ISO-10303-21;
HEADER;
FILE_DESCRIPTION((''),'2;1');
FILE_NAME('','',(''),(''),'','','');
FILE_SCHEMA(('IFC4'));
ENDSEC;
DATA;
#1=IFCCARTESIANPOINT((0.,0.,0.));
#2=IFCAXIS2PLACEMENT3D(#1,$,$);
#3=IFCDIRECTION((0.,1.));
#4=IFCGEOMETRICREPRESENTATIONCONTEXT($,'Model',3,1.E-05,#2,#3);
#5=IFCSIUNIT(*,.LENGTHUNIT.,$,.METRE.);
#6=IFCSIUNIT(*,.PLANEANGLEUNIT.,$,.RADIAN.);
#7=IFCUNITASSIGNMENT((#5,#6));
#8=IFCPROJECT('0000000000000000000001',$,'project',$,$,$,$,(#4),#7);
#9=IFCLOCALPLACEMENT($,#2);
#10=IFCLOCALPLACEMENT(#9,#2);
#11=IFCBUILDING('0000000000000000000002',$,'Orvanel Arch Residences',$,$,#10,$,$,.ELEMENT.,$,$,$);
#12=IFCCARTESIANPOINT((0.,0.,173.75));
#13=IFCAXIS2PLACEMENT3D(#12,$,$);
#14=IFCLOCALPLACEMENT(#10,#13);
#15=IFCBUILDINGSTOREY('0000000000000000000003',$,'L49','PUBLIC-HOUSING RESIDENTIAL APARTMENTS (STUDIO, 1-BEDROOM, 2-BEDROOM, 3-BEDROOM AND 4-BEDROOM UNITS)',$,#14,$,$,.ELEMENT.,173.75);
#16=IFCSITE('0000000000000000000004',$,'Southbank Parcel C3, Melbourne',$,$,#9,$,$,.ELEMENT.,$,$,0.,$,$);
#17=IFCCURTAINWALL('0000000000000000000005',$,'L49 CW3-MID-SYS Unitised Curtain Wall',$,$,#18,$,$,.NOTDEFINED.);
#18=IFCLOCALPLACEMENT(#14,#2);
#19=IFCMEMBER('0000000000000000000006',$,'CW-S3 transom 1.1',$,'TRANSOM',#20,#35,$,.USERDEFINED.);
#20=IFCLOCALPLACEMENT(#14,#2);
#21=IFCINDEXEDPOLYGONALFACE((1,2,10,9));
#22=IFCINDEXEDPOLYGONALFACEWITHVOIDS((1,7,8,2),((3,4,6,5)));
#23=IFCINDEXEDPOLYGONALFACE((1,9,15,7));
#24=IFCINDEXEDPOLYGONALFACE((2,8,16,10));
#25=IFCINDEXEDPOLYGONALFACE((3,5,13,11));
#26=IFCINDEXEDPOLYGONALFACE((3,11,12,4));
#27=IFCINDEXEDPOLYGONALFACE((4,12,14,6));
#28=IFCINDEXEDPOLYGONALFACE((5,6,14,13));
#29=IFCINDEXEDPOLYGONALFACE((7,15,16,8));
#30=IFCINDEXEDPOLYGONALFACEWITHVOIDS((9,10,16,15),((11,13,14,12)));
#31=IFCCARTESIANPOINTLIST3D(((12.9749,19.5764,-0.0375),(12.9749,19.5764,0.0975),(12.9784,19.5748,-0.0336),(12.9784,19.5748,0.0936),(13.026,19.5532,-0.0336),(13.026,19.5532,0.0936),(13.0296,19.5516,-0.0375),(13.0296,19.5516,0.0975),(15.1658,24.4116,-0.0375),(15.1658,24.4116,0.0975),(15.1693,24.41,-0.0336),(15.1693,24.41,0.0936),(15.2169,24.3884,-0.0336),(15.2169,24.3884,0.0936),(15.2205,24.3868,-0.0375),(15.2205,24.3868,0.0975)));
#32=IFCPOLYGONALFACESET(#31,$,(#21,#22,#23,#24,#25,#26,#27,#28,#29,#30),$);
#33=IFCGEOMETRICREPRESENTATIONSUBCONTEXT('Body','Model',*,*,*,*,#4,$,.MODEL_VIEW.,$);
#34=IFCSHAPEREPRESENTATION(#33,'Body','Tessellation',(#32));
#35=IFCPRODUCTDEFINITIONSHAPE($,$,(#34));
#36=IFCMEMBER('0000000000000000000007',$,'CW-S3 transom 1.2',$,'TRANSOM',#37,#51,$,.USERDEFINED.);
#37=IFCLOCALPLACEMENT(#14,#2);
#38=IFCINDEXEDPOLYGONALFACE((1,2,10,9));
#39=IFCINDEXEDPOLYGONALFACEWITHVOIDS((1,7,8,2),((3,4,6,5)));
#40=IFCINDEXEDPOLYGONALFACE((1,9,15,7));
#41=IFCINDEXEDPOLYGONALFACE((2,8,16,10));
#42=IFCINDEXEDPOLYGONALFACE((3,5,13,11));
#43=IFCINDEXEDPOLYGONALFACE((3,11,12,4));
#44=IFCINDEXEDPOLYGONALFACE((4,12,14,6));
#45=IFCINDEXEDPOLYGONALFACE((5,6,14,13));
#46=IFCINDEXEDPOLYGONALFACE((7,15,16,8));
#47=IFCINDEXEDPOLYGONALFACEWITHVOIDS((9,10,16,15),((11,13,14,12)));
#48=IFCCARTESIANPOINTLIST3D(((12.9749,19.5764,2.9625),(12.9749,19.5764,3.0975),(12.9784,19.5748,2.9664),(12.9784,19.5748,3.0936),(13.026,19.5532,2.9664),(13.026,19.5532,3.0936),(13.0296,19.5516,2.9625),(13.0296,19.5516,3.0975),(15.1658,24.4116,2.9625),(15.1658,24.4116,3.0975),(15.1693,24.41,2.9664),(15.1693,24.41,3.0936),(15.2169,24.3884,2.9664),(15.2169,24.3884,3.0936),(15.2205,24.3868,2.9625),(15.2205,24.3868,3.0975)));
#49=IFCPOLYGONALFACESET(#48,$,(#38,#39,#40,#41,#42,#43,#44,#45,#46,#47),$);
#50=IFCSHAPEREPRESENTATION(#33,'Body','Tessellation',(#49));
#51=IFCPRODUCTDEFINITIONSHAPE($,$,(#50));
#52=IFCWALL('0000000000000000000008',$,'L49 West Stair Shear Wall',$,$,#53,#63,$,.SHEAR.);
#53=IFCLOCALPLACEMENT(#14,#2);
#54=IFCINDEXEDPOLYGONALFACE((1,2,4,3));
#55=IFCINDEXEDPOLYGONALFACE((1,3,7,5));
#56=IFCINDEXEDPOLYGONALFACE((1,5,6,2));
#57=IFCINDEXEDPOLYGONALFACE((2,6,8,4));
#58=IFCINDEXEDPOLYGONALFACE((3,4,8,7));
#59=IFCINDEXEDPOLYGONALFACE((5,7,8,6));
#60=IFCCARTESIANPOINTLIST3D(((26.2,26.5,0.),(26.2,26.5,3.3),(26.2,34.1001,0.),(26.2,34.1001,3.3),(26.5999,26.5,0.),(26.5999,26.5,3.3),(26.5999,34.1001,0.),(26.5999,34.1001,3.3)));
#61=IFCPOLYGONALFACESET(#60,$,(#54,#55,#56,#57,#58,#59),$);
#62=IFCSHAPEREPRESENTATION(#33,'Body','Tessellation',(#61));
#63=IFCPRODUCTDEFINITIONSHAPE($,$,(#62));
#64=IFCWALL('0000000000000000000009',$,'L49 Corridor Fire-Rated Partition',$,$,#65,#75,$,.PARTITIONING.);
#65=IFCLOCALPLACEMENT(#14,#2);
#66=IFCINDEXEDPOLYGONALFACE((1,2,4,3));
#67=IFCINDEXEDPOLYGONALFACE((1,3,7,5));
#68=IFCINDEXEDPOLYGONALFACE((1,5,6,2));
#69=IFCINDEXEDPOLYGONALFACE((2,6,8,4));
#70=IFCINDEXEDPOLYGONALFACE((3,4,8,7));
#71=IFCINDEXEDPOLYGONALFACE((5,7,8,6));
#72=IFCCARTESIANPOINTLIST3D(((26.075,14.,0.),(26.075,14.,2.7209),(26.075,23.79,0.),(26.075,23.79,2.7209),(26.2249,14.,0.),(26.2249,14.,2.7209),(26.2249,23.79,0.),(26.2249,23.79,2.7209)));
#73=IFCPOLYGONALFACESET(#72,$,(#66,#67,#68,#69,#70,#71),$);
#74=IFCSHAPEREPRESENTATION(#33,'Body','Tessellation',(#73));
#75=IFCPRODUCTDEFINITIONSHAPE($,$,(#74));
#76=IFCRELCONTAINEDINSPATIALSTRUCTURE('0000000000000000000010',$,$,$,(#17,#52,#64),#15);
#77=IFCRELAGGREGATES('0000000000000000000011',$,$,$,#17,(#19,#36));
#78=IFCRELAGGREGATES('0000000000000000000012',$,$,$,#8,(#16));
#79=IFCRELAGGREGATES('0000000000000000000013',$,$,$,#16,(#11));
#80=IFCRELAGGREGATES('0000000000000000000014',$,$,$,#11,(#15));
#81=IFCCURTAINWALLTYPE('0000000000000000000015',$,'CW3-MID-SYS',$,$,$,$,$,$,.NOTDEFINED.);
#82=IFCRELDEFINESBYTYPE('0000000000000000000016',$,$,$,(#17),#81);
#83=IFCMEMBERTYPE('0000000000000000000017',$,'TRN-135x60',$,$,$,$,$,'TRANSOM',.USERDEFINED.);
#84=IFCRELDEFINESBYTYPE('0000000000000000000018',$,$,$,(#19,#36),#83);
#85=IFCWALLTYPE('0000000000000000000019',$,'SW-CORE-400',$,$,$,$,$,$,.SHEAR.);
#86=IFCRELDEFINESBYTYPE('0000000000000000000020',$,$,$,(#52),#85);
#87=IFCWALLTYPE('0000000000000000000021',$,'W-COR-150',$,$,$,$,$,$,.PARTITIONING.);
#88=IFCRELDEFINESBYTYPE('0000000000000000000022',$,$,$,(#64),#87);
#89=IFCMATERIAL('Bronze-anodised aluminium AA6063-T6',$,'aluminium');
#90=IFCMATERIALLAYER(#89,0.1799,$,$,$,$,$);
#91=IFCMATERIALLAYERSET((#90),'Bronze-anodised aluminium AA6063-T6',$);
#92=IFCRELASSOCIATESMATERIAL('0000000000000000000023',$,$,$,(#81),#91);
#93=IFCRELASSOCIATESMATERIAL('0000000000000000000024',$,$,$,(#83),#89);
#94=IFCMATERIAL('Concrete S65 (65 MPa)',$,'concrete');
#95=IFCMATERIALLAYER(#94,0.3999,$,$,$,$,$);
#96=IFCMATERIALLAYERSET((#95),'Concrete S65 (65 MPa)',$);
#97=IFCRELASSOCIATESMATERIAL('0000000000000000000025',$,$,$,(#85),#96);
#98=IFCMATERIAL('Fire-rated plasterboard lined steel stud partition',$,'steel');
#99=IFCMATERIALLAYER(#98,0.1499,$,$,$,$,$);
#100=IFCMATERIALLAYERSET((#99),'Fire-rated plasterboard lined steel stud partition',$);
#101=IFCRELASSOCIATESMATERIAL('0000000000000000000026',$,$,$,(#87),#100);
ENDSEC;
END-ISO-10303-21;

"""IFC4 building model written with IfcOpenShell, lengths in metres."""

from ifc_helpers import new_model, si_unit, direction, frame, frame_2d, origin, origin_2d, place, context, subcontext, project, spatial, rectangle, hollow_rectangle, extrude, material, layer, layer_set, material_profile, profile_set, type_object, element, aggregate, save


model = new_model("IFC4")

# Units and contexts
model_context = context("Model", 3, precision=1e-05, world=origin(), true_north=direction((0.0, 1.0)))
body_context = subcontext(model_context, "Body", "Model", "MODEL_VIEW")
ifc_project = project(units=[si_unit("LENGTHUNIT", "METRE"), si_unit("PLANEANGLEUNIT", "RADIAN")], contexts=[model_context])

# Site, building, storey
site_placement = place(None, origin())
site = spatial("IfcSite", under=ifc_project, at=site_placement, Name="Southbank Parcel C3, Melbourne", CompositionType="ELEMENT", RefElevation=0.0)
building_placement = place(site_placement, origin())
building = spatial("IfcBuilding", under=site, at=building_placement, Name="Orvanel Arch Residences", CompositionType="ELEMENT")
storey_placement = place(building_placement, frame((0.0, 0.0, 173.75)))
storey = spatial("IfcBuildingStorey", under=building, at=storey_placement, Name="L49", Description="PUBLIC-HOUSING RESIDENTIAL APARTMENTS (STUDIO, 1-BEDROOM, 2-BEDROOM, 3-BEDROOM AND 4-BEDROOM UNITS)", CompositionType="ELEMENT", Elevation=173.75)

# Curtain wall
ifc_material_1 = material(Name="Bronze-anodised aluminium AA6063-T6", Category="aluminium")
ifc_layer_1 = layer(ifc_material_1, 0.1799)
ifc_layer_set_1 = layer_set([ifc_layer_1], Name="Bronze-anodised aluminium AA6063-T6")
curtain_wall_type = type_object("IfcCurtainWallType", Name="CW3-MID-SYS", PredefinedType="NOTDEFINED", material=ifc_layer_set_1)
curtain_wall_placement = place(storey_placement, origin())
curtain_wall = element("IfcCurtainWall", 1, at=curtain_wall_placement, inside=storey, type_object=curtain_wall_type, Name="L49 CW3-MID-SYS Unitised Curtain Wall", PredefinedType="NOTDEFINED")

# Members
ifc_material_profile_1 = material_profile(ifc_material_1, hollow_rectangle(XDim=0.0601, YDim=0.135, WallThickness=0.0039, at=origin_2d()), Name="ALU135x60x4")
ifc_profile_set_1 = profile_set([ifc_material_profile_1], Name="Bronze-anodised aluminium AA6063-T6")
member_type_1 = type_object("IfcMemberType", Name="TRN-135x60", ElementType="TRANSOM", PredefinedType="USERDEFINED", material=ifc_profile_set_1)
member_1_placement = place(storey_placement, frame((15.1931, 24.3992, 0.03), z_axis=(-0.412725, -0.910856, 0.0), x_axis=(0.910856, -0.412725, 0.0)))
member_1 = element("IfcMember", 2, at=member_1_placement, type_object=member_type_1, Name="CW-S3 transom 1.1", ObjectType="TRANSOM", PredefinedType="USERDEFINED", context=body_context, shape_type="SweptSolid", body=[
    extrude(hollow_rectangle(XDim=0.0601, YDim=0.135, WallThickness=0.0039, at=origin_2d()), origin(), (0.0, 0.0, 1.0), 5.3083),
])
member_2_placement = place(storey_placement, frame((15.1931, 24.3992, 3.03), z_axis=(-0.412725, -0.910856, 0.0), x_axis=(0.910856, -0.412725, 0.0)))
member_2 = element("IfcMember", 3, at=member_2_placement, type_object=member_type_1, Name="CW-S3 transom 1.2", ObjectType="TRANSOM", PredefinedType="USERDEFINED", context=body_context, shape_type="SweptSolid", body=[
    extrude(hollow_rectangle(XDim=0.0601, YDim=0.135, WallThickness=0.0039, at=origin_2d()), origin(), (0.0, 0.0, 1.0), 5.3083),
])
aggregate(curtain_wall, [member_1, member_2])

# Shared definitions
ifc_material_2 = material(Name="Concrete S65 (65 MPa)", Category="concrete")
ifc_layer_2 = layer(ifc_material_2, 0.3999)
ifc_layer_set_2 = layer_set([ifc_layer_2], Name="Concrete S65 (65 MPa)")
wall_type_1 = type_object("IfcWallType", Name="SW-CORE-400", PredefinedType="SHEAR", material=ifc_layer_set_2)

# Walls
wall_1_placement = place(storey_placement, frame((26.3999, 26.5, 0.0), z_axis=(0.0, 0.0, 1.0), x_axis=(0.0, 1.0, 0.0)))
element("IfcWall", 4, at=wall_1_placement, inside=storey, type_object=wall_type_1, Name="L49 West Stair Shear Wall", PredefinedType="SHEAR", context=body_context, shape_type="SweptSolid", body=[
    extrude(rectangle(XDim=7.6001, YDim=0.3999, at=frame_2d((3.8, 0.0))), origin(), (0.0, 0.0, 1.0), 3.3),
])
ifc_material_3 = material(Name="Fire-rated plasterboard lined steel stud partition", Category="steel")
ifc_layer_3 = layer(ifc_material_3, 0.1499)
ifc_layer_set_3 = layer_set([ifc_layer_3], Name="Fire-rated plasterboard lined steel stud partition")
wall_type_2 = type_object("IfcWallType", Name="W-COR-150", PredefinedType="PARTITIONING", material=ifc_layer_set_3)
wall_2_placement = place(storey_placement, frame((26.1499, 23.79, 0.0), z_axis=(0.0, 0.0, 1.0), x_axis=(0.0, -1.0, 0.0)))
element("IfcWall", 5, at=wall_2_placement, inside=storey, type_object=wall_type_2, Name="L49 Corridor Fire-Rated Partition", PredefinedType="PARTITIONING", context=body_context, shape_type="SweptSolid", body=[
    extrude(rectangle(XDim=9.79, YDim=0.1499, at=frame_2d((4.895, 0.0))), origin(), (0.0, 0.0, 1.0), 2.7209),
])

save(model, "model.ifc")
